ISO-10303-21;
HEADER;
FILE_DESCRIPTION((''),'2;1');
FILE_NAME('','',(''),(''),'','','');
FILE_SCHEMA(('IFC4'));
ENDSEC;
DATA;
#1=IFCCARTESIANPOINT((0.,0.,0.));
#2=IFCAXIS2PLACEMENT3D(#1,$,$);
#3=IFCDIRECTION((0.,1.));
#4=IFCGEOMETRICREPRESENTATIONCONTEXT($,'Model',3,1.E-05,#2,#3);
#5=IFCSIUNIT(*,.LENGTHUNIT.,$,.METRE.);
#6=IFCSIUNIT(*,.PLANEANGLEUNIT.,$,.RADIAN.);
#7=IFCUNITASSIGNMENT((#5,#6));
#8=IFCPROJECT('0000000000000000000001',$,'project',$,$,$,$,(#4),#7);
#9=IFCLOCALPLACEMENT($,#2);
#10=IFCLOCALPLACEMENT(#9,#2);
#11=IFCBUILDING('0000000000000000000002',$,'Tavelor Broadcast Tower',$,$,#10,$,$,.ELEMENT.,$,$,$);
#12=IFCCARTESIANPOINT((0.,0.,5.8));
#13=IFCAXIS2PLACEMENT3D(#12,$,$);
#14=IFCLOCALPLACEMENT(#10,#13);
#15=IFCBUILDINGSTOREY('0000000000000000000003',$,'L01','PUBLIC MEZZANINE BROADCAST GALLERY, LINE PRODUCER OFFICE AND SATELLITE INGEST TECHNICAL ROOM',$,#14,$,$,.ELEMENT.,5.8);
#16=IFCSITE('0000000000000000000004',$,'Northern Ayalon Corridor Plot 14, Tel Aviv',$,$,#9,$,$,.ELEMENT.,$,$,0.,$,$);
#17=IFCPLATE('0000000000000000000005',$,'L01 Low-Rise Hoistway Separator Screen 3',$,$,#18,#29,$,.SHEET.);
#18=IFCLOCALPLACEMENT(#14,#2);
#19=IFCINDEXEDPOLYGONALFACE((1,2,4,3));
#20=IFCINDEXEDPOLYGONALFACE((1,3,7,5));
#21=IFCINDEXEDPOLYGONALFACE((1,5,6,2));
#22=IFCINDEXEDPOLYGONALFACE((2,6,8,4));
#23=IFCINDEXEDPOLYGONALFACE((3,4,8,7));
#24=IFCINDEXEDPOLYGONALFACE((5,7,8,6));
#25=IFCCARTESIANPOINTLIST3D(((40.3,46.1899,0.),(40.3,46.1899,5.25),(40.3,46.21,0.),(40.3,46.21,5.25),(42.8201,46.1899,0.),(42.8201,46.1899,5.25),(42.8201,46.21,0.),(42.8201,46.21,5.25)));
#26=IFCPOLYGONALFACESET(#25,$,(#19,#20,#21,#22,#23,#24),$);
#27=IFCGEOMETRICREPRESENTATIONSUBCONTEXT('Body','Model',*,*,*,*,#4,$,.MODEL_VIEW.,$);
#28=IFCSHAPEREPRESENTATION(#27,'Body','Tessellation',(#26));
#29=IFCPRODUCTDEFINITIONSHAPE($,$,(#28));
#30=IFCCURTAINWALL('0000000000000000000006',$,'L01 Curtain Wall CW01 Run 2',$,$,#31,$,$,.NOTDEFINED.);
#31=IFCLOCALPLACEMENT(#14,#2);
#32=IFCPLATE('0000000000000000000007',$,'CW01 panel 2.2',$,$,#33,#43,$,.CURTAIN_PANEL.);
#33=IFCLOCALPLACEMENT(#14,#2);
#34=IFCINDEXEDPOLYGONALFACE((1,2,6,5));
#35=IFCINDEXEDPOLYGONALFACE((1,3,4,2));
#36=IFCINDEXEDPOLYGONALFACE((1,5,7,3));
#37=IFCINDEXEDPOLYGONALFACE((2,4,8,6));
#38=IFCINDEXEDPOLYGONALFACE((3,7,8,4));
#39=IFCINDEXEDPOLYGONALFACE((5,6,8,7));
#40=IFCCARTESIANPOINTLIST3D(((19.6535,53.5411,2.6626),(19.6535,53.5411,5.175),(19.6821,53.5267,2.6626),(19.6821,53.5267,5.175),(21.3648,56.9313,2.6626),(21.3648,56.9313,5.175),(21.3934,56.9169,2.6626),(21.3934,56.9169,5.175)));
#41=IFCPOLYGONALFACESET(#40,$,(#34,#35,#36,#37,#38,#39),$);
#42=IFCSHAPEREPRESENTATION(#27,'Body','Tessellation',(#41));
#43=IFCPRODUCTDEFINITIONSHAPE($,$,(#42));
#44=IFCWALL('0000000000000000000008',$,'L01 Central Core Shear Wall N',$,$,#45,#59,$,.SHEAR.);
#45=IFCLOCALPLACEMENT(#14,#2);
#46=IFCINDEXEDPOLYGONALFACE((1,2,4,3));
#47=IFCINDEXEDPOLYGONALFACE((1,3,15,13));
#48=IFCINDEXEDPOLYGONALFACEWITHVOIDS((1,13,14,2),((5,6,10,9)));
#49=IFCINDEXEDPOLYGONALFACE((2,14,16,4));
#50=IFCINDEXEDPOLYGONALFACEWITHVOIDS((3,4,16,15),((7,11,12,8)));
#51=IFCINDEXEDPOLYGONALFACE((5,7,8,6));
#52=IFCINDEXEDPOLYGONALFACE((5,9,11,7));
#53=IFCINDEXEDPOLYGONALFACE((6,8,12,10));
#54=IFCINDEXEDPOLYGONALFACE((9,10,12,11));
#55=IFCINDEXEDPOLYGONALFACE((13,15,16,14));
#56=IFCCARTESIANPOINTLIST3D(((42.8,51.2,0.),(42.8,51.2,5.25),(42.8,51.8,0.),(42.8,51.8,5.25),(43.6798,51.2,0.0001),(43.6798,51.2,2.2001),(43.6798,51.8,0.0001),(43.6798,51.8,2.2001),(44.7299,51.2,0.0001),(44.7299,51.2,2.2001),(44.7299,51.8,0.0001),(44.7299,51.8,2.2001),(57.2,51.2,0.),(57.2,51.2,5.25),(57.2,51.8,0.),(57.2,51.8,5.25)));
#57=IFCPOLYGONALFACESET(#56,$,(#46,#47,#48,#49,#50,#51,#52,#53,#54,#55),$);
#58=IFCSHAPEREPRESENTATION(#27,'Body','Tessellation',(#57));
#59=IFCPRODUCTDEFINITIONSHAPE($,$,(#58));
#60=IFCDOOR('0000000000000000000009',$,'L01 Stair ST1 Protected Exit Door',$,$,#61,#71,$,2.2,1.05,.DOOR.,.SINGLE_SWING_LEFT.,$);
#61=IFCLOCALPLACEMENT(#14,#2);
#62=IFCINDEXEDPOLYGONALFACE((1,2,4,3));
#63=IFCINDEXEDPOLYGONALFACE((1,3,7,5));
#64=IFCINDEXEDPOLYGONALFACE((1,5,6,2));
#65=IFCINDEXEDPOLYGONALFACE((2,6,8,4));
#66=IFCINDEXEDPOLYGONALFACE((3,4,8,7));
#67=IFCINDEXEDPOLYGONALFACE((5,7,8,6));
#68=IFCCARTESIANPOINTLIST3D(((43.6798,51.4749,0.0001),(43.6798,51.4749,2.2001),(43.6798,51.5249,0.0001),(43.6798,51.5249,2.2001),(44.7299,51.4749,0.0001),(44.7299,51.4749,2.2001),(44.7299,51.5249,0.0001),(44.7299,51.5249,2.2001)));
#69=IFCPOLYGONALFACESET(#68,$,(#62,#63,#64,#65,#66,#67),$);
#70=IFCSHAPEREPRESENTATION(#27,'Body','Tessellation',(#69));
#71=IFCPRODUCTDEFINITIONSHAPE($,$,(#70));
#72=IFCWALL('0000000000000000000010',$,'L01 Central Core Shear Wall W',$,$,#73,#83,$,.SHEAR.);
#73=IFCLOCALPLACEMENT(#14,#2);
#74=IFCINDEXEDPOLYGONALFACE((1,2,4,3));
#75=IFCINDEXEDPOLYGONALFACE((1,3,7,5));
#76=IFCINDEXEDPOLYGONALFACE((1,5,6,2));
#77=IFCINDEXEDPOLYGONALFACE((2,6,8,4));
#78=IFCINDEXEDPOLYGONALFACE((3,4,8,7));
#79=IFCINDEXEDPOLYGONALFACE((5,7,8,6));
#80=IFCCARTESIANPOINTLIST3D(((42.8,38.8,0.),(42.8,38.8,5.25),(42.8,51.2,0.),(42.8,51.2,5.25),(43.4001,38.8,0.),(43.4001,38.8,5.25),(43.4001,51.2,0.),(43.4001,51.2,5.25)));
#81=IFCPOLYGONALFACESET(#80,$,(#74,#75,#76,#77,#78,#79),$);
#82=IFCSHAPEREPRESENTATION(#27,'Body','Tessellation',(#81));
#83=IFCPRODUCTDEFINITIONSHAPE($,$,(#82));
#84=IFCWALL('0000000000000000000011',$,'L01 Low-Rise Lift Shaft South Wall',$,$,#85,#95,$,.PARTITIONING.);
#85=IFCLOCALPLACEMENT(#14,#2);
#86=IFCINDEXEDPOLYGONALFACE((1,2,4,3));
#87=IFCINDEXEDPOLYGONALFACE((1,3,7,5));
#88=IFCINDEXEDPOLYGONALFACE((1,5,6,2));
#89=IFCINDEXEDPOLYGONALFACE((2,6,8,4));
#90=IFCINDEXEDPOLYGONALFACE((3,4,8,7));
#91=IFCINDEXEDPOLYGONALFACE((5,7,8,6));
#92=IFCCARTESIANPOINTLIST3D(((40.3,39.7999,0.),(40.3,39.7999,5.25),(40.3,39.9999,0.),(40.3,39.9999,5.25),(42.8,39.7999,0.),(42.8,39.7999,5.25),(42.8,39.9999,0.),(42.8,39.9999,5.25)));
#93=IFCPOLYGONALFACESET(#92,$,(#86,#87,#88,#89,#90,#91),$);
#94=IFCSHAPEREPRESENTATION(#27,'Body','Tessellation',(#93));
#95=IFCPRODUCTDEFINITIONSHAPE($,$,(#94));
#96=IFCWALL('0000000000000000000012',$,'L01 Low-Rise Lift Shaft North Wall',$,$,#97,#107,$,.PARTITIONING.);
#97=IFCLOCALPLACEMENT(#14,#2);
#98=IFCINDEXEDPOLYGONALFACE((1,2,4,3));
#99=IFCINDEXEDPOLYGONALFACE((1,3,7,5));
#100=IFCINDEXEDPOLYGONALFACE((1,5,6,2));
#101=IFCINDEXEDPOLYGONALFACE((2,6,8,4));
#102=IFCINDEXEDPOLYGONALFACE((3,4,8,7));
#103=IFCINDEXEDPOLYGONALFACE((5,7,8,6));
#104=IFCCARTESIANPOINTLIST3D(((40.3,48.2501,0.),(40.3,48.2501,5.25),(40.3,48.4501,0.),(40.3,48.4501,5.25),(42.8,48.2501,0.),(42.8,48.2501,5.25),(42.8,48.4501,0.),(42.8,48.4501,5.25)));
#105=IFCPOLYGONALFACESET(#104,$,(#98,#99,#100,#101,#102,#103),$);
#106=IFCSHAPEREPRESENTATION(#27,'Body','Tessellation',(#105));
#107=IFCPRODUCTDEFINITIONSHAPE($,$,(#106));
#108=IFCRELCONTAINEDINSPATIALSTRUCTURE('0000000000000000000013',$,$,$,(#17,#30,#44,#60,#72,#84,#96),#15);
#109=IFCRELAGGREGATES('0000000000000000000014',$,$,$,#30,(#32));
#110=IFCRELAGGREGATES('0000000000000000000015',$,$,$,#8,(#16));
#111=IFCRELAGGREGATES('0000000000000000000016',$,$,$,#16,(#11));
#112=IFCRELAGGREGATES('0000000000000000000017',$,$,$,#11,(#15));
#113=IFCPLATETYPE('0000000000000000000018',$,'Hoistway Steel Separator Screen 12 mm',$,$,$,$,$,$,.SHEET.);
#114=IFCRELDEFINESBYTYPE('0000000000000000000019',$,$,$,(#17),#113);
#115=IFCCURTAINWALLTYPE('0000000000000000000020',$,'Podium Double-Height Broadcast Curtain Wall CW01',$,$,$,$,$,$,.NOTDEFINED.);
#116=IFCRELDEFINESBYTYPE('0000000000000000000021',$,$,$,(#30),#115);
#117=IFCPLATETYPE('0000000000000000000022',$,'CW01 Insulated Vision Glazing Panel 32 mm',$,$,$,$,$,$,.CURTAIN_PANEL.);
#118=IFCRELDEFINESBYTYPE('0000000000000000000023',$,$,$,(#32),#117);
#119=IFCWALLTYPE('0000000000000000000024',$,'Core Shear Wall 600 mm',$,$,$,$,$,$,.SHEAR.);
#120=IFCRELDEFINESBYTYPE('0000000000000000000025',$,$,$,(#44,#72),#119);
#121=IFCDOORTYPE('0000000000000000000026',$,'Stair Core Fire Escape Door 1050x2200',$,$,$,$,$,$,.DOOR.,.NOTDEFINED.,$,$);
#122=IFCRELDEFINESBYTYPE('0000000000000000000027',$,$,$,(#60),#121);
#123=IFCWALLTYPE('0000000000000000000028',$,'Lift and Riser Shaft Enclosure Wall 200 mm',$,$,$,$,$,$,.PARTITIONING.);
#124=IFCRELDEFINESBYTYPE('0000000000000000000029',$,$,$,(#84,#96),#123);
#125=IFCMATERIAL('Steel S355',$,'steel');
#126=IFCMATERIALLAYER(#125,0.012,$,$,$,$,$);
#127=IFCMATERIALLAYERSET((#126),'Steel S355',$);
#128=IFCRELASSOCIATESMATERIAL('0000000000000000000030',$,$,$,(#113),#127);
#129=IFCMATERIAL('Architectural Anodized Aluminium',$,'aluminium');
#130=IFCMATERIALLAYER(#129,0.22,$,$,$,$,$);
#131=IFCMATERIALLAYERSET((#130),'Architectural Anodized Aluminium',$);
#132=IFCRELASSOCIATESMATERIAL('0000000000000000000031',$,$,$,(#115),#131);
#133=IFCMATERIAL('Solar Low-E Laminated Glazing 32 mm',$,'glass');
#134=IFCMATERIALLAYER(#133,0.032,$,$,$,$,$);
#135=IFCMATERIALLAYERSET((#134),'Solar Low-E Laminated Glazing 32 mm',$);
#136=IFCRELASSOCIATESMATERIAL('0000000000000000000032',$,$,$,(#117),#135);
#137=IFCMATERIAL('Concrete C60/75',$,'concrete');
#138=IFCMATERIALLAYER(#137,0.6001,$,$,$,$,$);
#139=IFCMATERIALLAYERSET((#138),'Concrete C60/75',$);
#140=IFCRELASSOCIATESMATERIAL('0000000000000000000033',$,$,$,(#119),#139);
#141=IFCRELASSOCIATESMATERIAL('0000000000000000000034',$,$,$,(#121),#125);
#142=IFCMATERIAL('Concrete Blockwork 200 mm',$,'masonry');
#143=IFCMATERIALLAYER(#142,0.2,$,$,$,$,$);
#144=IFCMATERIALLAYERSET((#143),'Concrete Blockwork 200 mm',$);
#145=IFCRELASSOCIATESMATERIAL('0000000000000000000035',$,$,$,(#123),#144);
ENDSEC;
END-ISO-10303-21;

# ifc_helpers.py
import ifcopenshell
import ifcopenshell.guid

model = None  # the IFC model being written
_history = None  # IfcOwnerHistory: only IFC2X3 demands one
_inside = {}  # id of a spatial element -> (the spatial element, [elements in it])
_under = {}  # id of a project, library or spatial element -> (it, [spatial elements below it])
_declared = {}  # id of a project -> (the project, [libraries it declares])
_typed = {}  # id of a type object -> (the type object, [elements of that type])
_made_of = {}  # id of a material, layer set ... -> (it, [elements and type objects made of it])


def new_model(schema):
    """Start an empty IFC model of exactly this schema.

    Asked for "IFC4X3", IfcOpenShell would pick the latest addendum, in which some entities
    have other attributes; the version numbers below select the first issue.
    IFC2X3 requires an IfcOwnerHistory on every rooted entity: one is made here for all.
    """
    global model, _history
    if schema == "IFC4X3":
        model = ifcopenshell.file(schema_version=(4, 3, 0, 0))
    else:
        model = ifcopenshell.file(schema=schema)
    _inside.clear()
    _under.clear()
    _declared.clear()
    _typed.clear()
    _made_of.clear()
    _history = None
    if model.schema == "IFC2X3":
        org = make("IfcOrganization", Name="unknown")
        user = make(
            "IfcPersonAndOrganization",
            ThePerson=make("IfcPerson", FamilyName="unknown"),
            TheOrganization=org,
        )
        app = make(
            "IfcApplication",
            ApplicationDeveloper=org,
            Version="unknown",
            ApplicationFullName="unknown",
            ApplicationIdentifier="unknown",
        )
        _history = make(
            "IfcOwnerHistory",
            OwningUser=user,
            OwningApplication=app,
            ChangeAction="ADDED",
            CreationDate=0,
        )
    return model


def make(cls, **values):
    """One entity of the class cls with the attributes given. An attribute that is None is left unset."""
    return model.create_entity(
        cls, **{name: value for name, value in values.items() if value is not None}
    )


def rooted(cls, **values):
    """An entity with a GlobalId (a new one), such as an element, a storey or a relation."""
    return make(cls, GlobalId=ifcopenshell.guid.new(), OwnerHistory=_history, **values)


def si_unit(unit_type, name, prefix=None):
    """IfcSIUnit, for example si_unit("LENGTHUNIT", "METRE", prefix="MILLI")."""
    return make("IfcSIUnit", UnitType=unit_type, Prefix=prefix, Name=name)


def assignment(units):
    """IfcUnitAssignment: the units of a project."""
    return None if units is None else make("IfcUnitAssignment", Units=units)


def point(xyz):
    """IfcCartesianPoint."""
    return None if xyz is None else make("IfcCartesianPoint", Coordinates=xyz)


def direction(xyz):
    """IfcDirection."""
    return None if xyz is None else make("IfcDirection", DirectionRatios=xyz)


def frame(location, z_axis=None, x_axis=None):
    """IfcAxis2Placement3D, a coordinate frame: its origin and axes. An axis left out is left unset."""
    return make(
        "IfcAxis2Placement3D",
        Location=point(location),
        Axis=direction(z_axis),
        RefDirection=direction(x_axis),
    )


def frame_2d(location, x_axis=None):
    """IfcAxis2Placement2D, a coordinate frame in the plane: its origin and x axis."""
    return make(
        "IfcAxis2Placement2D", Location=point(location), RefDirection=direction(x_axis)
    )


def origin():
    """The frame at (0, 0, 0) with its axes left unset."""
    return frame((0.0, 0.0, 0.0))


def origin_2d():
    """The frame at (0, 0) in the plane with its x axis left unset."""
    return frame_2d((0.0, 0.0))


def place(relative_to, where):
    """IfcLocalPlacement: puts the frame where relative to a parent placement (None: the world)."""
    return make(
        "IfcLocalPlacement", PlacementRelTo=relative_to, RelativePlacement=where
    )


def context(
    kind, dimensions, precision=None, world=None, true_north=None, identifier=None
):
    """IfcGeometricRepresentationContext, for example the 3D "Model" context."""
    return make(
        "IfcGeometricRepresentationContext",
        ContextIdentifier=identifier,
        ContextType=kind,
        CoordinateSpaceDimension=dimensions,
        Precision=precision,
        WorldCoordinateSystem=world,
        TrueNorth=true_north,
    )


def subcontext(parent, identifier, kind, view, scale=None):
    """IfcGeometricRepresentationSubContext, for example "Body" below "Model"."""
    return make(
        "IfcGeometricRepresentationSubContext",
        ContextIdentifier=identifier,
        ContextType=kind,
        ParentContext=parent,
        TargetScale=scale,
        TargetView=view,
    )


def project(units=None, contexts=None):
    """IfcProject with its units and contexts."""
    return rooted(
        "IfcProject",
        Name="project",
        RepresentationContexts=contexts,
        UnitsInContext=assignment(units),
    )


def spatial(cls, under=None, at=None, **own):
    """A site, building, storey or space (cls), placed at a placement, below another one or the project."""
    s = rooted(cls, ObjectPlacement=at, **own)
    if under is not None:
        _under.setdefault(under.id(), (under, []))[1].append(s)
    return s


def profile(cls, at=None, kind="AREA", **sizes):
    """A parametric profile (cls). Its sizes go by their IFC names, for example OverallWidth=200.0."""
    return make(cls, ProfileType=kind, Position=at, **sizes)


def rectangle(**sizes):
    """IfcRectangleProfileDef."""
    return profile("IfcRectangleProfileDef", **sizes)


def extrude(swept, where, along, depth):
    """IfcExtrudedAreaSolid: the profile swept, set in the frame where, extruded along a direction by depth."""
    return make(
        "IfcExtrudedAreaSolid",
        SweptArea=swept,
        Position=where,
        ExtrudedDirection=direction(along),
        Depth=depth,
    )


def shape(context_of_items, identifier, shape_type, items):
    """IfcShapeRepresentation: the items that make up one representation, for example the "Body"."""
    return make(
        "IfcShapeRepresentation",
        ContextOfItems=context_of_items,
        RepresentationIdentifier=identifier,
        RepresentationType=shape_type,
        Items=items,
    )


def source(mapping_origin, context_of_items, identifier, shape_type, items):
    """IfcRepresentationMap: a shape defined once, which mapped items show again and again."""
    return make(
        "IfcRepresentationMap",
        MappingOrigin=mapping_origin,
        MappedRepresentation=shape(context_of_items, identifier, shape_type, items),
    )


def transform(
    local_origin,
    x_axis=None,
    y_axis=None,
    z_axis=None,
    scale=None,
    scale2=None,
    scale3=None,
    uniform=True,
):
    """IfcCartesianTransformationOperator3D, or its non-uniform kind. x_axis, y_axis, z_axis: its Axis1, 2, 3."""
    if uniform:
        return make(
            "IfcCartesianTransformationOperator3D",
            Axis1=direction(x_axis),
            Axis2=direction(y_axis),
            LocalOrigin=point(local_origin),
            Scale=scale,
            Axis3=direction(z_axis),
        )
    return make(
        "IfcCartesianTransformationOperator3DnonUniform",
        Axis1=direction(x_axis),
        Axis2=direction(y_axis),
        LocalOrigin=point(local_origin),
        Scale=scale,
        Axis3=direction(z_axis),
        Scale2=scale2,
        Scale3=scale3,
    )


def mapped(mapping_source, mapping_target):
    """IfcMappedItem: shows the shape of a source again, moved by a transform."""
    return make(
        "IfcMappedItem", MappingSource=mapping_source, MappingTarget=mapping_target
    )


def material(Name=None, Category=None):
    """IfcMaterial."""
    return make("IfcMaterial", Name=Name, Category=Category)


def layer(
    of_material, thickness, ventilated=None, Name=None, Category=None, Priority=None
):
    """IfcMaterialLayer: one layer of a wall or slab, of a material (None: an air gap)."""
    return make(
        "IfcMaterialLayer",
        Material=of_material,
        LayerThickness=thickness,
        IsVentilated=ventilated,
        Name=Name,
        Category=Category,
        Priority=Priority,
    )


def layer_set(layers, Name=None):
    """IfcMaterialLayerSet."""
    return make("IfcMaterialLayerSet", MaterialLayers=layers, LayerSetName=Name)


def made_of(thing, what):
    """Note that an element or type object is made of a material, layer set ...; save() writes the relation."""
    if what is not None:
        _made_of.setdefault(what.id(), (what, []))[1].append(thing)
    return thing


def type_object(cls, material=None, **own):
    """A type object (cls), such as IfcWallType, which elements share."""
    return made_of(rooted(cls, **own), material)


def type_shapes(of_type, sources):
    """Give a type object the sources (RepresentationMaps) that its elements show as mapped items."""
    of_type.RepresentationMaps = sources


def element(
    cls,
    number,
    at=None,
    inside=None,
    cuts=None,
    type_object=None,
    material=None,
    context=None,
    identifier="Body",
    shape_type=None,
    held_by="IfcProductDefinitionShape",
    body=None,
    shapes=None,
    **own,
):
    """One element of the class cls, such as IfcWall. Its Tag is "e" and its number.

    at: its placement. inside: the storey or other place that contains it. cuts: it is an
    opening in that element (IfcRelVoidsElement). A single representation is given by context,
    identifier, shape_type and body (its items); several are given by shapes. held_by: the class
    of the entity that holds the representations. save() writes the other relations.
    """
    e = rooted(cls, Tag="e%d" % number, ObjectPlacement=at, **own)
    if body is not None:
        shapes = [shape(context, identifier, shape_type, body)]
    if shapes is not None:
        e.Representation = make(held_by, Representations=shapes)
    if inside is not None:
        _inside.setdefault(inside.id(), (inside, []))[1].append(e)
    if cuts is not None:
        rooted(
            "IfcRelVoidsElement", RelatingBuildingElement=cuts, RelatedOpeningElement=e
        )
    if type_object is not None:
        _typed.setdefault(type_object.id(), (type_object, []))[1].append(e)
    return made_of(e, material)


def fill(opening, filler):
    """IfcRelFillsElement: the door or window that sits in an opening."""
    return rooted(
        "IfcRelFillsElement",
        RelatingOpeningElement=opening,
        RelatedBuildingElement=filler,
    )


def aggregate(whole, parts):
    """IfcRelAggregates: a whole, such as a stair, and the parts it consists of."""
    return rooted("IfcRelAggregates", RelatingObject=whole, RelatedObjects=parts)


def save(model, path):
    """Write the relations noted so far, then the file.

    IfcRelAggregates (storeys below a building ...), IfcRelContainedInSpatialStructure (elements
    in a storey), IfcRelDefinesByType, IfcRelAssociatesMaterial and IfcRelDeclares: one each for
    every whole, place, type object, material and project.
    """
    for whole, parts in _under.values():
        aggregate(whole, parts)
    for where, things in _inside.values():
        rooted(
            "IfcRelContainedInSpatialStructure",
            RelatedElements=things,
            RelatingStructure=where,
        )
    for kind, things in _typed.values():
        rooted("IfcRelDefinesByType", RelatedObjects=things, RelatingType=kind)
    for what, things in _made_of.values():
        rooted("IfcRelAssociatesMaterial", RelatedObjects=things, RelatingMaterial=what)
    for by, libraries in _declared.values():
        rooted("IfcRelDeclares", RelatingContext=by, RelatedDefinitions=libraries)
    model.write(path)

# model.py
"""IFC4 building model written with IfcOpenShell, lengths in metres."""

from ifc_helpers import new_model, si_unit, direction, frame, frame_2d, origin, origin_2d, place, context, subcontext, project, spatial, rectangle, extrude, source, transform, mapped, material, layer, layer_set, type_object, type_shapes, element, fill, aggregate, save


model = new_model("IFC4")

# Units and contexts
model_context = context("Model", 3, precision=1e-05, world=origin(), true_north=direction((0.0, 1.0)))
body_context = subcontext(model_context, "Body", "Model", "MODEL_VIEW")
ifc_project = project(units=[si_unit("LENGTHUNIT", "METRE"), si_unit("PLANEANGLEUNIT", "RADIAN")], contexts=[model_context])

# Site, building, storey
site_placement = place(None, origin())
site = spatial("IfcSite", under=ifc_project, at=site_placement, Name="Northern Ayalon Corridor Plot 14, Tel Aviv", CompositionType="ELEMENT", RefElevation=0.0)
building_placement = place(site_placement, origin())
building = spatial("IfcBuilding", under=site, at=building_placement, Name="Tavelor Broadcast Tower", CompositionType="ELEMENT")
storey_placement = place(building_placement, frame((0.0, 0.0, 5.8)))
storey = spatial("IfcBuildingStorey", under=building, at=storey_placement, Name="L01", Description="PUBLIC MEZZANINE BROADCAST GALLERY, LINE PRODUCER OFFICE AND SATELLITE INGEST TECHNICAL ROOM", CompositionType="ELEMENT", Elevation=5.8)

# Shared definitions
ifc_material_1 = material(Name="Concrete C60/75", Category="concrete")

# Shared definitions
ifc_material_2 = material(Name="Steel S355", Category="steel")

# Plate
ifc_layer_1 = layer(ifc_material_2, 0.012)
ifc_layer_set_1 = layer_set([ifc_layer_1], Name="Steel S355")
plate_type_1 = type_object("IfcPlateType", Name="Hoistway Steel Separator Screen 12 mm", PredefinedType="SHEET", material=ifc_layer_set_1)
shared_shape_1 = source(origin(), body_context, "Body", "SweptSolid", [
    extrude(rectangle(XDim=2.52, YDim=0.02, at=origin_2d()), origin(), (0.0, 0.0, 1.0), 5.25),
])
type_shapes(plate_type_1, [shared_shape_1])
for number, where, z_axis, x_axis, name in (
    (1, (41.5601, 46.2, 0.0), (0.0, 0.0, 1.0), (1.0, 0.0, 0.0), "L01 Low-Rise Hoistway Separator Screen 3"),
):
    element("IfcPlate", number, at=place(storey_placement, frame(where, z_axis=z_axis, x_axis=x_axis)), inside=storey, type_object=plate_type_1, Name=name, PredefinedType="SHEET", context=body_context, shape_type="MappedRepresentation", body=[
        mapped(shared_shape_1, transform((0.0, 0.0, 0.0), scale=1.0)),
    ])

# Curtain wall, plate
ifc_material_3 = material(Name="Architectural Anodized Aluminium", Category="aluminium")
ifc_layer_2 = layer(ifc_material_3, 0.22)
ifc_layer_set_2 = layer_set([ifc_layer_2], Name="Architectural Anodized Aluminium")
curtain_wall_type = type_object("IfcCurtainWallType", Name="Podium Double-Height Broadcast Curtain Wall CW01", PredefinedType="NOTDEFINED", material=ifc_layer_set_2)
curtain_wall_placement = place(storey_placement, origin())
curtain_wall = element("IfcCurtainWall", 2, at=curtain_wall_placement, inside=storey, type_object=curtain_wall_type, Name="L01 Curtain Wall CW01 Run 2", PredefinedType="NOTDEFINED")
ifc_material_4 = material(Name="Solar Low-E Laminated Glazing 32 mm", Category="glass")
ifc_layer_3 = layer(ifc_material_4, 0.032)
ifc_layer_set_3 = layer_set([ifc_layer_3], Name="Solar Low-E Laminated Glazing 32 mm")
plate_type_2 = type_object("IfcPlateType", Name="CW01 Insulated Vision Glazing Panel 32 mm", PredefinedType="CURTAIN_PANEL", material=ifc_layer_set_3)
shared_shape_2 = source(origin(), body_context, "Body", "SweptSolid", [
    extrude(rectangle(XDim=3.7976, YDim=0.032, at=origin_2d()), origin(), (0.0, 0.0, 1.0), 2.5125),
])
type_shapes(plate_type_2, [shared_shape_2])
plate_placement = place(storey_placement, frame((20.5234, 55.229, 2.6626), z_axis=(0.0, 0.0, 1.0), x_axis=(-0.450629, -0.892711, 0.0)))
plate = element("IfcPlate", 3, at=plate_placement, type_object=plate_type_2, Name="CW01 panel 2.2", PredefinedType="CURTAIN_PANEL", context=body_context, shape_type="MappedRepresentation", body=[
    mapped(shared_shape_2, transform((0.0, 0.0, 0.0), scale=1.0)),
])
aggregate(curtain_wall, [plate])

# Wall, opening, door
ifc_layer_4 = layer(ifc_material_1, 0.6001)
ifc_layer_set_4 = layer_set([ifc_layer_4], Name="Concrete C60/75")
wall_type_1 = type_object("IfcWallType", Name="Core Shear Wall 600 mm", PredefinedType="SHEAR", material=ifc_layer_set_4)
wall_1_placement = place(storey_placement, frame((42.8, 51.5, 0.0), z_axis=(0.0, 0.0, 1.0), x_axis=(1.0, 0.0, 0.0)))
wall_1 = element("IfcWall", 4, at=wall_1_placement, inside=storey, type_object=wall_type_1, Name="L01 Central Core Shear Wall N", PredefinedType="SHEAR", context=body_context, shape_type="SweptSolid", body=[
    extrude(rectangle(XDim=14.3999, YDim=0.6001, at=frame_2d((7.2, 0.0))), origin(), (0.0, 0.0, 1.0), 5.25),
])
opening_1_placement = place(wall_1_placement, frame((0.8799, 0.0, 0.0)))
opening_1 = element("IfcOpeningElement", 5, at=opening_1_placement, cuts=wall_1, PredefinedType="OPENING", context=body_context, shape_type="SweptSolid", body=[
    extrude(rectangle(XDim=1.05, YDim=2.2, at=frame_2d((0.5249, 1.1001))), frame((0.0, 0.3101, 0.0), z_axis=(0.0, -1.0, 0.0), x_axis=(1.0, 0.0, 0.0)), (0.0, 0.0, 1.0), 0.6201),
])
door_type_1 = type_object("IfcDoorType", Name="Stair Core Fire Escape Door 1050x2200", OperationType="NOTDEFINED", PredefinedType="DOOR", material=ifc_material_2)
door_1_placement = place(opening_1_placement, origin())
door_1 = element("IfcDoor", 6, at=door_1_placement, inside=storey, type_object=door_type_1, Name="L01 Stair ST1 Protected Exit Door", OperationType="SINGLE_SWING_LEFT", OverallHeight=2.2, OverallWidth=1.05, PredefinedType="DOOR", context=body_context, shape_type="SweptSolid", body=[
    extrude(rectangle(XDim=1.05, YDim=2.2, at=frame_2d((0.5249, 1.1001))), frame((0.0, 0.0249, 0.0), z_axis=(0.0, -1.0, 0.0), x_axis=(1.0, 0.0, 0.0)), (0.0, 0.0, 1.0), 0.05),
])
fill(opening_1, door_1)

# Wall
wall_2_placement = place(storey_placement, frame((43.1001, 38.8, 0.0), z_axis=(0.0, 0.0, 1.0), x_axis=(0.0, 1.0, 0.0)))
element("IfcWall", 7, at=wall_2_placement, inside=storey, type_object=wall_type_1, Name="L01 Central Core Shear Wall W", PredefinedType="SHEAR", context=body_context, shape_type="SweptSolid", body=[
    extrude(rectangle(XDim=12.3999, YDim=0.6001, at=frame_2d((6.2, 0.0))), origin(), (0.0, 0.0, 1.0), 5.25),
])

# Shared definitions
ifc_material_5 = material(Name="Concrete Blockwork 200 mm", Category="masonry")

# Walls
ifc_layer_5 = layer(ifc_material_5, 0.2)
ifc_layer_set_5 = layer_set([ifc_layer_5], Name="Concrete Blockwork 200 mm")
wall_type_2 = type_object("IfcWallType", Name="Lift and Riser Shaft Enclosure Wall 200 mm", PredefinedType="PARTITIONING", material=ifc_layer_set_5)
for number, where, z_axis, x_axis, name in (
    (8, (40.3, 39.8999, 0.0), (0.0, 0.0, 1.0), (1.0, 0.0, 0.0), "L01 Low-Rise Lift Shaft South Wall"),
    (9, (40.3, 48.3501, 0.0), (0.0, 0.0, 1.0), (1.0, 0.0, 0.0), "L01 Low-Rise Lift Shaft North Wall"),
):
    element("IfcWall", number, at=place(storey_placement, frame(where, z_axis=z_axis, x_axis=x_axis)), inside=storey, type_object=wall_type_2, Name=name, PredefinedType="PARTITIONING", context=body_context, shape_type="SweptSolid", body=[
        extrude(rectangle(XDim=2.5, YDim=0.2, at=frame_2d((1.25, 0.0))), origin(), (0.0, 0.0, 1.0), 5.25),
    ])

save(model, "model.ifc")
